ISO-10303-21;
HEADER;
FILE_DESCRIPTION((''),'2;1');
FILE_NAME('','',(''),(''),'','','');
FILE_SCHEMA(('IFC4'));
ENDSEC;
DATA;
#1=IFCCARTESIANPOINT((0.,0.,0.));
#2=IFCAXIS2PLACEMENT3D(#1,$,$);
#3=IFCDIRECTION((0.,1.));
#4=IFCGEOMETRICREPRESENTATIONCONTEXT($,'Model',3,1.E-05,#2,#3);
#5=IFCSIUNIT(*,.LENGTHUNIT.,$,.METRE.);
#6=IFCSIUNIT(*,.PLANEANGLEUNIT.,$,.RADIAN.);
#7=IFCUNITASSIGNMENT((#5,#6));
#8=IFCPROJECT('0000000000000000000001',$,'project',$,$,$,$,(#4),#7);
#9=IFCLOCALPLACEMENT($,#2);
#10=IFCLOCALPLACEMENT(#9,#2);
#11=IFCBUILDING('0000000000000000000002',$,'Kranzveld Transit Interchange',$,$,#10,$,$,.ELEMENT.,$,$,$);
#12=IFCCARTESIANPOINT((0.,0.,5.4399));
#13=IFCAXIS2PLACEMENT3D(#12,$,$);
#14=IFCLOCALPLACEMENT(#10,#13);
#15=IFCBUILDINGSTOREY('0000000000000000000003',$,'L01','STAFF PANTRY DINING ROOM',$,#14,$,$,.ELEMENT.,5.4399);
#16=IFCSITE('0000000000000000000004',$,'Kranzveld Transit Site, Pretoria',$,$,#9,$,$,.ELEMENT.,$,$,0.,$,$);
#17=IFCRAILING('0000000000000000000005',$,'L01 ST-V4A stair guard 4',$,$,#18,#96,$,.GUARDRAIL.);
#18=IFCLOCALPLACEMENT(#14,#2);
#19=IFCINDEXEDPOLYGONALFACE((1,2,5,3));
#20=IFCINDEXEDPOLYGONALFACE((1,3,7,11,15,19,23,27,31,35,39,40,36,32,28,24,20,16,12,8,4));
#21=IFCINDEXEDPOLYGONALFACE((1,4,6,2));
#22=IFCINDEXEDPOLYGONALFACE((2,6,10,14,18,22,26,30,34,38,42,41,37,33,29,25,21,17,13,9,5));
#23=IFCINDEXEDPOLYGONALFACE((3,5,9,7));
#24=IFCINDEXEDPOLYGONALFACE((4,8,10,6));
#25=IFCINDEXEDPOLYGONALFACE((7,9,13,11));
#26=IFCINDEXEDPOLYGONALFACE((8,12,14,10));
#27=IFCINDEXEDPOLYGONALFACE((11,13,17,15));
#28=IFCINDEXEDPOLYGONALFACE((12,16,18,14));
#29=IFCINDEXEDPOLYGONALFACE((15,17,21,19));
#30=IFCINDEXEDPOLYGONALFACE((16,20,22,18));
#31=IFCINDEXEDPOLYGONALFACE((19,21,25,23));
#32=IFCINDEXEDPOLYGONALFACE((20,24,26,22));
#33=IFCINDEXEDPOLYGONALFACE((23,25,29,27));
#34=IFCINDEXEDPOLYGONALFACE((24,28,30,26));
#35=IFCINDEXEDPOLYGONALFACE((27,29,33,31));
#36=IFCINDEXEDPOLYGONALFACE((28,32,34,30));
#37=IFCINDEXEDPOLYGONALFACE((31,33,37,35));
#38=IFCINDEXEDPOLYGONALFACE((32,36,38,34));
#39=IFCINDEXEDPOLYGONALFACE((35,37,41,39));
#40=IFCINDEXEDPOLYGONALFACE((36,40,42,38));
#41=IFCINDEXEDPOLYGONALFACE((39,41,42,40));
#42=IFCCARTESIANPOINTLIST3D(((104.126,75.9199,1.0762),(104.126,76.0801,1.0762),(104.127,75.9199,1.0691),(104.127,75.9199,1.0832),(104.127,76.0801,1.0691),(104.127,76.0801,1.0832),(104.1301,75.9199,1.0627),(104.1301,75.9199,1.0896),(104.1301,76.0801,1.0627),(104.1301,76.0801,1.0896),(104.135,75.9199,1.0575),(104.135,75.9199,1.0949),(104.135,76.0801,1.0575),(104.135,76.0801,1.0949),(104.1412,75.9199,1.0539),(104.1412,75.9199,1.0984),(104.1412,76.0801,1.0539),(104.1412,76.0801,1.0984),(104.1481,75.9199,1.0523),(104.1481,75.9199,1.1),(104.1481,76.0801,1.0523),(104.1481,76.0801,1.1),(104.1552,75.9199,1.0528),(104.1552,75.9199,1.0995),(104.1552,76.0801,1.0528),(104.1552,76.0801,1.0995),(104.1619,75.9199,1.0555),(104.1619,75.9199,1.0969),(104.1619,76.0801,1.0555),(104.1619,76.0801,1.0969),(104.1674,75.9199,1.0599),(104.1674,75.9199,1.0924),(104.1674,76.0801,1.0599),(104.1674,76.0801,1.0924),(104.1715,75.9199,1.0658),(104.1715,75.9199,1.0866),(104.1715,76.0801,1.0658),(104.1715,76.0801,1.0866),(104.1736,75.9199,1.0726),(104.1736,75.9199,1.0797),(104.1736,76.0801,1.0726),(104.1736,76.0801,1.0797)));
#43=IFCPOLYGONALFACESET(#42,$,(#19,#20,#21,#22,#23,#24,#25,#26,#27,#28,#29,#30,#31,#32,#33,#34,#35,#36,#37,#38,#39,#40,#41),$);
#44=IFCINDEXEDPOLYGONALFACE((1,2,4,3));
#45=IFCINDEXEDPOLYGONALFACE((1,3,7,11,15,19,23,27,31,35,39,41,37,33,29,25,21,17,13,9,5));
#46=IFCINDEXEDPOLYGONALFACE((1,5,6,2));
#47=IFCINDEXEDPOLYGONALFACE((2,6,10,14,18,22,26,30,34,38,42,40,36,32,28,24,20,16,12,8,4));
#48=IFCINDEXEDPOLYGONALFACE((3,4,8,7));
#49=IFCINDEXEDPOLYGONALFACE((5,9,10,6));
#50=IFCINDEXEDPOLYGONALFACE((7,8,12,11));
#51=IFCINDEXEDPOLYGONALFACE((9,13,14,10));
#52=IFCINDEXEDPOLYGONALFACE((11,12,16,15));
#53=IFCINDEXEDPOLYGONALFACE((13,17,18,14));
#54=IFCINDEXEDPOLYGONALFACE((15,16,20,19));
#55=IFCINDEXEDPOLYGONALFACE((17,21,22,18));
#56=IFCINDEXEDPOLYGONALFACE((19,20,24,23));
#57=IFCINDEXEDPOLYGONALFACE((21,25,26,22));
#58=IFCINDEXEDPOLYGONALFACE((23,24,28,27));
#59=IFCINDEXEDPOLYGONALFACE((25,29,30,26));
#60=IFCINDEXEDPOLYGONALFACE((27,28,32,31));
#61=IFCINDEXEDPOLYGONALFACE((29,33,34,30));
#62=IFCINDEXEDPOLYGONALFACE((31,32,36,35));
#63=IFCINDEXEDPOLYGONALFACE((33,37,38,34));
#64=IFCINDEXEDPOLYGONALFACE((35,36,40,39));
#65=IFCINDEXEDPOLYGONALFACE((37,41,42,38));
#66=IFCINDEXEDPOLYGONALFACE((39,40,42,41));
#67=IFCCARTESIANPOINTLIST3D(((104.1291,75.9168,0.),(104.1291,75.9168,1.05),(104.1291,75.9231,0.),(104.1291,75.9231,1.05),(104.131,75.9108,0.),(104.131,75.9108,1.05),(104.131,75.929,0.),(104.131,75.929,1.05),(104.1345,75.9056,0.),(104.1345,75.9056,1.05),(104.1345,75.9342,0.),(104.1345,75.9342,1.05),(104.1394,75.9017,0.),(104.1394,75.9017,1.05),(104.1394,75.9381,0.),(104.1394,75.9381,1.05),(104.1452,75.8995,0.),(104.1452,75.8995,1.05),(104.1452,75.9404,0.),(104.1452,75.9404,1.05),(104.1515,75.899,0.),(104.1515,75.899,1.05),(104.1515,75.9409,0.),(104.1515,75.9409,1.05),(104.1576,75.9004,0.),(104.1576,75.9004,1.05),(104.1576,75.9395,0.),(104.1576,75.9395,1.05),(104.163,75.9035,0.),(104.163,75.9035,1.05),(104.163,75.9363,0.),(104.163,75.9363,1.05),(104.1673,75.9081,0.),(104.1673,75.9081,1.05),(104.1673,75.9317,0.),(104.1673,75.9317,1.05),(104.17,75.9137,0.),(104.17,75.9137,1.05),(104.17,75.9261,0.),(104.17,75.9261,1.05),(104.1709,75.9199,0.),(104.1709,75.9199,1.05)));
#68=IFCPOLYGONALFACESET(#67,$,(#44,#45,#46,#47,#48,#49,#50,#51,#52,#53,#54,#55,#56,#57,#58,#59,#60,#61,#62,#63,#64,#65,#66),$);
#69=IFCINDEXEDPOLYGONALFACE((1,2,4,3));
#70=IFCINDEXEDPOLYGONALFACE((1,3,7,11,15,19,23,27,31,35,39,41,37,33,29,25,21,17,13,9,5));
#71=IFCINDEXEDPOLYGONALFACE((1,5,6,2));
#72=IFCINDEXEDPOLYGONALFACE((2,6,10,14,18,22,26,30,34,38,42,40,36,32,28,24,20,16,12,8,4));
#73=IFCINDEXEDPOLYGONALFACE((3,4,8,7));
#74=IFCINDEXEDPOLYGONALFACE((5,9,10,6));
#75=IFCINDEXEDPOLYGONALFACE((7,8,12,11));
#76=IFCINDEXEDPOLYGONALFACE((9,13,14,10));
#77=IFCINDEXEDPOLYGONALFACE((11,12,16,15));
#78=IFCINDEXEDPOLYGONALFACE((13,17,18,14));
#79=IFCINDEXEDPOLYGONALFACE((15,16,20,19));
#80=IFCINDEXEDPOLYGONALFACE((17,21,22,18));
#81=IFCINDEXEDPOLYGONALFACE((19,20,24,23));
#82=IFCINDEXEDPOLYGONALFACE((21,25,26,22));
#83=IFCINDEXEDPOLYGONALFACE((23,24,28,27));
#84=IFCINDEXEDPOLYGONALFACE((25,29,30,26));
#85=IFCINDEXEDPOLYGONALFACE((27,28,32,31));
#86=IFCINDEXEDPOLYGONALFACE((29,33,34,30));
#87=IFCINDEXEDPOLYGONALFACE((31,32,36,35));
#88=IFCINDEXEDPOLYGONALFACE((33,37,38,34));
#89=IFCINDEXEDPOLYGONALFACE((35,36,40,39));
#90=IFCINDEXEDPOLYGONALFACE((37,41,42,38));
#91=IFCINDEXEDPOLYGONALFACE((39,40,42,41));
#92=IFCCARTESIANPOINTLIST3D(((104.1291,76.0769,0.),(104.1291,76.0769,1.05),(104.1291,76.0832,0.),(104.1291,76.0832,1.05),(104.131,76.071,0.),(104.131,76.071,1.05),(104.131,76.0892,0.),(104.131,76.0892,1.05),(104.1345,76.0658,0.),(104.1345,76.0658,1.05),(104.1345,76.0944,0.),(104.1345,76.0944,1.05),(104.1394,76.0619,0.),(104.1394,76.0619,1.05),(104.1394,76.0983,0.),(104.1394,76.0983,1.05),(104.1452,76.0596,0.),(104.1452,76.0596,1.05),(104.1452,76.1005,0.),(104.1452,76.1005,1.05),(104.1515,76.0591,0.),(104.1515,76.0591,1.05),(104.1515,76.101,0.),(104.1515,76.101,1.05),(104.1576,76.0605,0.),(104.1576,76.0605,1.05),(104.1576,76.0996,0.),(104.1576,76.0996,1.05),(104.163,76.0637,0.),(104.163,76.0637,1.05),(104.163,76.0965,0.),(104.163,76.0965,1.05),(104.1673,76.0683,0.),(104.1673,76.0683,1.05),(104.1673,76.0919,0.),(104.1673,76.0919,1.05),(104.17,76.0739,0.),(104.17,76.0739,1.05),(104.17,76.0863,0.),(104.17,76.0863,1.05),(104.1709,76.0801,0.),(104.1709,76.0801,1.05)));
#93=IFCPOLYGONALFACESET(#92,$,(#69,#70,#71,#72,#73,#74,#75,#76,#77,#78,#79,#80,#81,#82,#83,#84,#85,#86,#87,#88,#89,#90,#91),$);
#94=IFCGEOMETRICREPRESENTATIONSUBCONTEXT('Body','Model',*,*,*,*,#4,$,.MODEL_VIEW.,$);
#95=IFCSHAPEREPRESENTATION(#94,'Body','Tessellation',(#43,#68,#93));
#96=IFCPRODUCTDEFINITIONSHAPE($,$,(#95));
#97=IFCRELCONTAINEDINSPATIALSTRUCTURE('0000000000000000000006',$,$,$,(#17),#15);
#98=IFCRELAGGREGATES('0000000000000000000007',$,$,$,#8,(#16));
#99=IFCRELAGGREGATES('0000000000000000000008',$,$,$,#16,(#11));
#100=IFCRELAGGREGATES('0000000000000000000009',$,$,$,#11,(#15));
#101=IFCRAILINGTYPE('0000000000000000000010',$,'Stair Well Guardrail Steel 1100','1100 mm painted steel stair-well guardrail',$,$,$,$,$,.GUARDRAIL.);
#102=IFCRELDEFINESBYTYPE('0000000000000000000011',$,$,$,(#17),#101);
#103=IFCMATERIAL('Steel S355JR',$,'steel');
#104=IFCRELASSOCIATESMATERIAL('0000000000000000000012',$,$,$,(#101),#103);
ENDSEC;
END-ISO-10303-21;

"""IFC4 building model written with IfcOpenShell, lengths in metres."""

from ifc_helpers import new_model, si_unit, direction, frame, origin, origin_2d, place, context, subcontext, project, spatial, circle, extrude, material, type_object, element, save


model = new_model("IFC4")

# Units and contexts
model_context = context("Model", 3, precision=1e-05, world=origin(), true_north=direction((0.0, 1.0)))
body_context = subcontext(model_context, "Body", "Model", "MODEL_VIEW")
ifc_project = project(units=[si_unit("LENGTHUNIT", "METRE"), si_unit("PLANEANGLEUNIT", "RADIAN")], contexts=[model_context])

# Site, building, storey
site_placement = place(None, origin())
site = spatial("IfcSite", under=ifc_project, at=site_placement, Name="Kranzveld Transit Site, Pretoria", CompositionType="ELEMENT", RefElevation=0.0)
building_placement = place(site_placement, origin())
building = spatial("IfcBuilding", under=site, at=building_placement, Name="Kranzveld Transit Interchange", CompositionType="ELEMENT")
storey_placement = place(building_placement, frame((0.0, 0.0, 5.4399)))
storey = spatial("IfcBuildingStorey", under=building, at=storey_placement, Name="L01", Description="STAFF PANTRY DINING ROOM", CompositionType="ELEMENT", Elevation=5.4399)

# Railing
ifc_material_1 = material(Name="Steel S355JR", Category="steel")
railing_type_1 = type_object("IfcRailingType", Name="Stair Well Guardrail Steel 1100", Description="1100 mm painted steel stair-well guardrail", PredefinedType="GUARDRAIL", material=ifc_material_1)
railing_1_placement = place(storey_placement, frame((104.1499, 75.9199, 0.0)))
element("IfcRailing", 1, at=railing_1_placement, inside=storey, type_object=railing_type_1, Name="L01 ST-V4A stair guard 4", PredefinedType="GUARDRAIL", context=body_context, shape_type="SweptSolid", body=[
    extrude(circle(Radius=0.0239, at=origin_2d()), frame((0.0, 0.0, 1.0762), z_axis=(0.0, 1.0, 0.0), x_axis=(-1.0, 0.0, 0.0)), (0.0, 0.0, 1.0), 0.1602),
    extrude(circle(Radius=0.021, at=origin_2d()), origin(), (0.0, 0.0, 1.0), 1.05),
    extrude(circle(Radius=0.021, at=origin_2d()), frame((0.0, 0.1602, 0.0)), (0.0, 0.0, 1.0), 1.05),
])

save(model, "model.ifc")
